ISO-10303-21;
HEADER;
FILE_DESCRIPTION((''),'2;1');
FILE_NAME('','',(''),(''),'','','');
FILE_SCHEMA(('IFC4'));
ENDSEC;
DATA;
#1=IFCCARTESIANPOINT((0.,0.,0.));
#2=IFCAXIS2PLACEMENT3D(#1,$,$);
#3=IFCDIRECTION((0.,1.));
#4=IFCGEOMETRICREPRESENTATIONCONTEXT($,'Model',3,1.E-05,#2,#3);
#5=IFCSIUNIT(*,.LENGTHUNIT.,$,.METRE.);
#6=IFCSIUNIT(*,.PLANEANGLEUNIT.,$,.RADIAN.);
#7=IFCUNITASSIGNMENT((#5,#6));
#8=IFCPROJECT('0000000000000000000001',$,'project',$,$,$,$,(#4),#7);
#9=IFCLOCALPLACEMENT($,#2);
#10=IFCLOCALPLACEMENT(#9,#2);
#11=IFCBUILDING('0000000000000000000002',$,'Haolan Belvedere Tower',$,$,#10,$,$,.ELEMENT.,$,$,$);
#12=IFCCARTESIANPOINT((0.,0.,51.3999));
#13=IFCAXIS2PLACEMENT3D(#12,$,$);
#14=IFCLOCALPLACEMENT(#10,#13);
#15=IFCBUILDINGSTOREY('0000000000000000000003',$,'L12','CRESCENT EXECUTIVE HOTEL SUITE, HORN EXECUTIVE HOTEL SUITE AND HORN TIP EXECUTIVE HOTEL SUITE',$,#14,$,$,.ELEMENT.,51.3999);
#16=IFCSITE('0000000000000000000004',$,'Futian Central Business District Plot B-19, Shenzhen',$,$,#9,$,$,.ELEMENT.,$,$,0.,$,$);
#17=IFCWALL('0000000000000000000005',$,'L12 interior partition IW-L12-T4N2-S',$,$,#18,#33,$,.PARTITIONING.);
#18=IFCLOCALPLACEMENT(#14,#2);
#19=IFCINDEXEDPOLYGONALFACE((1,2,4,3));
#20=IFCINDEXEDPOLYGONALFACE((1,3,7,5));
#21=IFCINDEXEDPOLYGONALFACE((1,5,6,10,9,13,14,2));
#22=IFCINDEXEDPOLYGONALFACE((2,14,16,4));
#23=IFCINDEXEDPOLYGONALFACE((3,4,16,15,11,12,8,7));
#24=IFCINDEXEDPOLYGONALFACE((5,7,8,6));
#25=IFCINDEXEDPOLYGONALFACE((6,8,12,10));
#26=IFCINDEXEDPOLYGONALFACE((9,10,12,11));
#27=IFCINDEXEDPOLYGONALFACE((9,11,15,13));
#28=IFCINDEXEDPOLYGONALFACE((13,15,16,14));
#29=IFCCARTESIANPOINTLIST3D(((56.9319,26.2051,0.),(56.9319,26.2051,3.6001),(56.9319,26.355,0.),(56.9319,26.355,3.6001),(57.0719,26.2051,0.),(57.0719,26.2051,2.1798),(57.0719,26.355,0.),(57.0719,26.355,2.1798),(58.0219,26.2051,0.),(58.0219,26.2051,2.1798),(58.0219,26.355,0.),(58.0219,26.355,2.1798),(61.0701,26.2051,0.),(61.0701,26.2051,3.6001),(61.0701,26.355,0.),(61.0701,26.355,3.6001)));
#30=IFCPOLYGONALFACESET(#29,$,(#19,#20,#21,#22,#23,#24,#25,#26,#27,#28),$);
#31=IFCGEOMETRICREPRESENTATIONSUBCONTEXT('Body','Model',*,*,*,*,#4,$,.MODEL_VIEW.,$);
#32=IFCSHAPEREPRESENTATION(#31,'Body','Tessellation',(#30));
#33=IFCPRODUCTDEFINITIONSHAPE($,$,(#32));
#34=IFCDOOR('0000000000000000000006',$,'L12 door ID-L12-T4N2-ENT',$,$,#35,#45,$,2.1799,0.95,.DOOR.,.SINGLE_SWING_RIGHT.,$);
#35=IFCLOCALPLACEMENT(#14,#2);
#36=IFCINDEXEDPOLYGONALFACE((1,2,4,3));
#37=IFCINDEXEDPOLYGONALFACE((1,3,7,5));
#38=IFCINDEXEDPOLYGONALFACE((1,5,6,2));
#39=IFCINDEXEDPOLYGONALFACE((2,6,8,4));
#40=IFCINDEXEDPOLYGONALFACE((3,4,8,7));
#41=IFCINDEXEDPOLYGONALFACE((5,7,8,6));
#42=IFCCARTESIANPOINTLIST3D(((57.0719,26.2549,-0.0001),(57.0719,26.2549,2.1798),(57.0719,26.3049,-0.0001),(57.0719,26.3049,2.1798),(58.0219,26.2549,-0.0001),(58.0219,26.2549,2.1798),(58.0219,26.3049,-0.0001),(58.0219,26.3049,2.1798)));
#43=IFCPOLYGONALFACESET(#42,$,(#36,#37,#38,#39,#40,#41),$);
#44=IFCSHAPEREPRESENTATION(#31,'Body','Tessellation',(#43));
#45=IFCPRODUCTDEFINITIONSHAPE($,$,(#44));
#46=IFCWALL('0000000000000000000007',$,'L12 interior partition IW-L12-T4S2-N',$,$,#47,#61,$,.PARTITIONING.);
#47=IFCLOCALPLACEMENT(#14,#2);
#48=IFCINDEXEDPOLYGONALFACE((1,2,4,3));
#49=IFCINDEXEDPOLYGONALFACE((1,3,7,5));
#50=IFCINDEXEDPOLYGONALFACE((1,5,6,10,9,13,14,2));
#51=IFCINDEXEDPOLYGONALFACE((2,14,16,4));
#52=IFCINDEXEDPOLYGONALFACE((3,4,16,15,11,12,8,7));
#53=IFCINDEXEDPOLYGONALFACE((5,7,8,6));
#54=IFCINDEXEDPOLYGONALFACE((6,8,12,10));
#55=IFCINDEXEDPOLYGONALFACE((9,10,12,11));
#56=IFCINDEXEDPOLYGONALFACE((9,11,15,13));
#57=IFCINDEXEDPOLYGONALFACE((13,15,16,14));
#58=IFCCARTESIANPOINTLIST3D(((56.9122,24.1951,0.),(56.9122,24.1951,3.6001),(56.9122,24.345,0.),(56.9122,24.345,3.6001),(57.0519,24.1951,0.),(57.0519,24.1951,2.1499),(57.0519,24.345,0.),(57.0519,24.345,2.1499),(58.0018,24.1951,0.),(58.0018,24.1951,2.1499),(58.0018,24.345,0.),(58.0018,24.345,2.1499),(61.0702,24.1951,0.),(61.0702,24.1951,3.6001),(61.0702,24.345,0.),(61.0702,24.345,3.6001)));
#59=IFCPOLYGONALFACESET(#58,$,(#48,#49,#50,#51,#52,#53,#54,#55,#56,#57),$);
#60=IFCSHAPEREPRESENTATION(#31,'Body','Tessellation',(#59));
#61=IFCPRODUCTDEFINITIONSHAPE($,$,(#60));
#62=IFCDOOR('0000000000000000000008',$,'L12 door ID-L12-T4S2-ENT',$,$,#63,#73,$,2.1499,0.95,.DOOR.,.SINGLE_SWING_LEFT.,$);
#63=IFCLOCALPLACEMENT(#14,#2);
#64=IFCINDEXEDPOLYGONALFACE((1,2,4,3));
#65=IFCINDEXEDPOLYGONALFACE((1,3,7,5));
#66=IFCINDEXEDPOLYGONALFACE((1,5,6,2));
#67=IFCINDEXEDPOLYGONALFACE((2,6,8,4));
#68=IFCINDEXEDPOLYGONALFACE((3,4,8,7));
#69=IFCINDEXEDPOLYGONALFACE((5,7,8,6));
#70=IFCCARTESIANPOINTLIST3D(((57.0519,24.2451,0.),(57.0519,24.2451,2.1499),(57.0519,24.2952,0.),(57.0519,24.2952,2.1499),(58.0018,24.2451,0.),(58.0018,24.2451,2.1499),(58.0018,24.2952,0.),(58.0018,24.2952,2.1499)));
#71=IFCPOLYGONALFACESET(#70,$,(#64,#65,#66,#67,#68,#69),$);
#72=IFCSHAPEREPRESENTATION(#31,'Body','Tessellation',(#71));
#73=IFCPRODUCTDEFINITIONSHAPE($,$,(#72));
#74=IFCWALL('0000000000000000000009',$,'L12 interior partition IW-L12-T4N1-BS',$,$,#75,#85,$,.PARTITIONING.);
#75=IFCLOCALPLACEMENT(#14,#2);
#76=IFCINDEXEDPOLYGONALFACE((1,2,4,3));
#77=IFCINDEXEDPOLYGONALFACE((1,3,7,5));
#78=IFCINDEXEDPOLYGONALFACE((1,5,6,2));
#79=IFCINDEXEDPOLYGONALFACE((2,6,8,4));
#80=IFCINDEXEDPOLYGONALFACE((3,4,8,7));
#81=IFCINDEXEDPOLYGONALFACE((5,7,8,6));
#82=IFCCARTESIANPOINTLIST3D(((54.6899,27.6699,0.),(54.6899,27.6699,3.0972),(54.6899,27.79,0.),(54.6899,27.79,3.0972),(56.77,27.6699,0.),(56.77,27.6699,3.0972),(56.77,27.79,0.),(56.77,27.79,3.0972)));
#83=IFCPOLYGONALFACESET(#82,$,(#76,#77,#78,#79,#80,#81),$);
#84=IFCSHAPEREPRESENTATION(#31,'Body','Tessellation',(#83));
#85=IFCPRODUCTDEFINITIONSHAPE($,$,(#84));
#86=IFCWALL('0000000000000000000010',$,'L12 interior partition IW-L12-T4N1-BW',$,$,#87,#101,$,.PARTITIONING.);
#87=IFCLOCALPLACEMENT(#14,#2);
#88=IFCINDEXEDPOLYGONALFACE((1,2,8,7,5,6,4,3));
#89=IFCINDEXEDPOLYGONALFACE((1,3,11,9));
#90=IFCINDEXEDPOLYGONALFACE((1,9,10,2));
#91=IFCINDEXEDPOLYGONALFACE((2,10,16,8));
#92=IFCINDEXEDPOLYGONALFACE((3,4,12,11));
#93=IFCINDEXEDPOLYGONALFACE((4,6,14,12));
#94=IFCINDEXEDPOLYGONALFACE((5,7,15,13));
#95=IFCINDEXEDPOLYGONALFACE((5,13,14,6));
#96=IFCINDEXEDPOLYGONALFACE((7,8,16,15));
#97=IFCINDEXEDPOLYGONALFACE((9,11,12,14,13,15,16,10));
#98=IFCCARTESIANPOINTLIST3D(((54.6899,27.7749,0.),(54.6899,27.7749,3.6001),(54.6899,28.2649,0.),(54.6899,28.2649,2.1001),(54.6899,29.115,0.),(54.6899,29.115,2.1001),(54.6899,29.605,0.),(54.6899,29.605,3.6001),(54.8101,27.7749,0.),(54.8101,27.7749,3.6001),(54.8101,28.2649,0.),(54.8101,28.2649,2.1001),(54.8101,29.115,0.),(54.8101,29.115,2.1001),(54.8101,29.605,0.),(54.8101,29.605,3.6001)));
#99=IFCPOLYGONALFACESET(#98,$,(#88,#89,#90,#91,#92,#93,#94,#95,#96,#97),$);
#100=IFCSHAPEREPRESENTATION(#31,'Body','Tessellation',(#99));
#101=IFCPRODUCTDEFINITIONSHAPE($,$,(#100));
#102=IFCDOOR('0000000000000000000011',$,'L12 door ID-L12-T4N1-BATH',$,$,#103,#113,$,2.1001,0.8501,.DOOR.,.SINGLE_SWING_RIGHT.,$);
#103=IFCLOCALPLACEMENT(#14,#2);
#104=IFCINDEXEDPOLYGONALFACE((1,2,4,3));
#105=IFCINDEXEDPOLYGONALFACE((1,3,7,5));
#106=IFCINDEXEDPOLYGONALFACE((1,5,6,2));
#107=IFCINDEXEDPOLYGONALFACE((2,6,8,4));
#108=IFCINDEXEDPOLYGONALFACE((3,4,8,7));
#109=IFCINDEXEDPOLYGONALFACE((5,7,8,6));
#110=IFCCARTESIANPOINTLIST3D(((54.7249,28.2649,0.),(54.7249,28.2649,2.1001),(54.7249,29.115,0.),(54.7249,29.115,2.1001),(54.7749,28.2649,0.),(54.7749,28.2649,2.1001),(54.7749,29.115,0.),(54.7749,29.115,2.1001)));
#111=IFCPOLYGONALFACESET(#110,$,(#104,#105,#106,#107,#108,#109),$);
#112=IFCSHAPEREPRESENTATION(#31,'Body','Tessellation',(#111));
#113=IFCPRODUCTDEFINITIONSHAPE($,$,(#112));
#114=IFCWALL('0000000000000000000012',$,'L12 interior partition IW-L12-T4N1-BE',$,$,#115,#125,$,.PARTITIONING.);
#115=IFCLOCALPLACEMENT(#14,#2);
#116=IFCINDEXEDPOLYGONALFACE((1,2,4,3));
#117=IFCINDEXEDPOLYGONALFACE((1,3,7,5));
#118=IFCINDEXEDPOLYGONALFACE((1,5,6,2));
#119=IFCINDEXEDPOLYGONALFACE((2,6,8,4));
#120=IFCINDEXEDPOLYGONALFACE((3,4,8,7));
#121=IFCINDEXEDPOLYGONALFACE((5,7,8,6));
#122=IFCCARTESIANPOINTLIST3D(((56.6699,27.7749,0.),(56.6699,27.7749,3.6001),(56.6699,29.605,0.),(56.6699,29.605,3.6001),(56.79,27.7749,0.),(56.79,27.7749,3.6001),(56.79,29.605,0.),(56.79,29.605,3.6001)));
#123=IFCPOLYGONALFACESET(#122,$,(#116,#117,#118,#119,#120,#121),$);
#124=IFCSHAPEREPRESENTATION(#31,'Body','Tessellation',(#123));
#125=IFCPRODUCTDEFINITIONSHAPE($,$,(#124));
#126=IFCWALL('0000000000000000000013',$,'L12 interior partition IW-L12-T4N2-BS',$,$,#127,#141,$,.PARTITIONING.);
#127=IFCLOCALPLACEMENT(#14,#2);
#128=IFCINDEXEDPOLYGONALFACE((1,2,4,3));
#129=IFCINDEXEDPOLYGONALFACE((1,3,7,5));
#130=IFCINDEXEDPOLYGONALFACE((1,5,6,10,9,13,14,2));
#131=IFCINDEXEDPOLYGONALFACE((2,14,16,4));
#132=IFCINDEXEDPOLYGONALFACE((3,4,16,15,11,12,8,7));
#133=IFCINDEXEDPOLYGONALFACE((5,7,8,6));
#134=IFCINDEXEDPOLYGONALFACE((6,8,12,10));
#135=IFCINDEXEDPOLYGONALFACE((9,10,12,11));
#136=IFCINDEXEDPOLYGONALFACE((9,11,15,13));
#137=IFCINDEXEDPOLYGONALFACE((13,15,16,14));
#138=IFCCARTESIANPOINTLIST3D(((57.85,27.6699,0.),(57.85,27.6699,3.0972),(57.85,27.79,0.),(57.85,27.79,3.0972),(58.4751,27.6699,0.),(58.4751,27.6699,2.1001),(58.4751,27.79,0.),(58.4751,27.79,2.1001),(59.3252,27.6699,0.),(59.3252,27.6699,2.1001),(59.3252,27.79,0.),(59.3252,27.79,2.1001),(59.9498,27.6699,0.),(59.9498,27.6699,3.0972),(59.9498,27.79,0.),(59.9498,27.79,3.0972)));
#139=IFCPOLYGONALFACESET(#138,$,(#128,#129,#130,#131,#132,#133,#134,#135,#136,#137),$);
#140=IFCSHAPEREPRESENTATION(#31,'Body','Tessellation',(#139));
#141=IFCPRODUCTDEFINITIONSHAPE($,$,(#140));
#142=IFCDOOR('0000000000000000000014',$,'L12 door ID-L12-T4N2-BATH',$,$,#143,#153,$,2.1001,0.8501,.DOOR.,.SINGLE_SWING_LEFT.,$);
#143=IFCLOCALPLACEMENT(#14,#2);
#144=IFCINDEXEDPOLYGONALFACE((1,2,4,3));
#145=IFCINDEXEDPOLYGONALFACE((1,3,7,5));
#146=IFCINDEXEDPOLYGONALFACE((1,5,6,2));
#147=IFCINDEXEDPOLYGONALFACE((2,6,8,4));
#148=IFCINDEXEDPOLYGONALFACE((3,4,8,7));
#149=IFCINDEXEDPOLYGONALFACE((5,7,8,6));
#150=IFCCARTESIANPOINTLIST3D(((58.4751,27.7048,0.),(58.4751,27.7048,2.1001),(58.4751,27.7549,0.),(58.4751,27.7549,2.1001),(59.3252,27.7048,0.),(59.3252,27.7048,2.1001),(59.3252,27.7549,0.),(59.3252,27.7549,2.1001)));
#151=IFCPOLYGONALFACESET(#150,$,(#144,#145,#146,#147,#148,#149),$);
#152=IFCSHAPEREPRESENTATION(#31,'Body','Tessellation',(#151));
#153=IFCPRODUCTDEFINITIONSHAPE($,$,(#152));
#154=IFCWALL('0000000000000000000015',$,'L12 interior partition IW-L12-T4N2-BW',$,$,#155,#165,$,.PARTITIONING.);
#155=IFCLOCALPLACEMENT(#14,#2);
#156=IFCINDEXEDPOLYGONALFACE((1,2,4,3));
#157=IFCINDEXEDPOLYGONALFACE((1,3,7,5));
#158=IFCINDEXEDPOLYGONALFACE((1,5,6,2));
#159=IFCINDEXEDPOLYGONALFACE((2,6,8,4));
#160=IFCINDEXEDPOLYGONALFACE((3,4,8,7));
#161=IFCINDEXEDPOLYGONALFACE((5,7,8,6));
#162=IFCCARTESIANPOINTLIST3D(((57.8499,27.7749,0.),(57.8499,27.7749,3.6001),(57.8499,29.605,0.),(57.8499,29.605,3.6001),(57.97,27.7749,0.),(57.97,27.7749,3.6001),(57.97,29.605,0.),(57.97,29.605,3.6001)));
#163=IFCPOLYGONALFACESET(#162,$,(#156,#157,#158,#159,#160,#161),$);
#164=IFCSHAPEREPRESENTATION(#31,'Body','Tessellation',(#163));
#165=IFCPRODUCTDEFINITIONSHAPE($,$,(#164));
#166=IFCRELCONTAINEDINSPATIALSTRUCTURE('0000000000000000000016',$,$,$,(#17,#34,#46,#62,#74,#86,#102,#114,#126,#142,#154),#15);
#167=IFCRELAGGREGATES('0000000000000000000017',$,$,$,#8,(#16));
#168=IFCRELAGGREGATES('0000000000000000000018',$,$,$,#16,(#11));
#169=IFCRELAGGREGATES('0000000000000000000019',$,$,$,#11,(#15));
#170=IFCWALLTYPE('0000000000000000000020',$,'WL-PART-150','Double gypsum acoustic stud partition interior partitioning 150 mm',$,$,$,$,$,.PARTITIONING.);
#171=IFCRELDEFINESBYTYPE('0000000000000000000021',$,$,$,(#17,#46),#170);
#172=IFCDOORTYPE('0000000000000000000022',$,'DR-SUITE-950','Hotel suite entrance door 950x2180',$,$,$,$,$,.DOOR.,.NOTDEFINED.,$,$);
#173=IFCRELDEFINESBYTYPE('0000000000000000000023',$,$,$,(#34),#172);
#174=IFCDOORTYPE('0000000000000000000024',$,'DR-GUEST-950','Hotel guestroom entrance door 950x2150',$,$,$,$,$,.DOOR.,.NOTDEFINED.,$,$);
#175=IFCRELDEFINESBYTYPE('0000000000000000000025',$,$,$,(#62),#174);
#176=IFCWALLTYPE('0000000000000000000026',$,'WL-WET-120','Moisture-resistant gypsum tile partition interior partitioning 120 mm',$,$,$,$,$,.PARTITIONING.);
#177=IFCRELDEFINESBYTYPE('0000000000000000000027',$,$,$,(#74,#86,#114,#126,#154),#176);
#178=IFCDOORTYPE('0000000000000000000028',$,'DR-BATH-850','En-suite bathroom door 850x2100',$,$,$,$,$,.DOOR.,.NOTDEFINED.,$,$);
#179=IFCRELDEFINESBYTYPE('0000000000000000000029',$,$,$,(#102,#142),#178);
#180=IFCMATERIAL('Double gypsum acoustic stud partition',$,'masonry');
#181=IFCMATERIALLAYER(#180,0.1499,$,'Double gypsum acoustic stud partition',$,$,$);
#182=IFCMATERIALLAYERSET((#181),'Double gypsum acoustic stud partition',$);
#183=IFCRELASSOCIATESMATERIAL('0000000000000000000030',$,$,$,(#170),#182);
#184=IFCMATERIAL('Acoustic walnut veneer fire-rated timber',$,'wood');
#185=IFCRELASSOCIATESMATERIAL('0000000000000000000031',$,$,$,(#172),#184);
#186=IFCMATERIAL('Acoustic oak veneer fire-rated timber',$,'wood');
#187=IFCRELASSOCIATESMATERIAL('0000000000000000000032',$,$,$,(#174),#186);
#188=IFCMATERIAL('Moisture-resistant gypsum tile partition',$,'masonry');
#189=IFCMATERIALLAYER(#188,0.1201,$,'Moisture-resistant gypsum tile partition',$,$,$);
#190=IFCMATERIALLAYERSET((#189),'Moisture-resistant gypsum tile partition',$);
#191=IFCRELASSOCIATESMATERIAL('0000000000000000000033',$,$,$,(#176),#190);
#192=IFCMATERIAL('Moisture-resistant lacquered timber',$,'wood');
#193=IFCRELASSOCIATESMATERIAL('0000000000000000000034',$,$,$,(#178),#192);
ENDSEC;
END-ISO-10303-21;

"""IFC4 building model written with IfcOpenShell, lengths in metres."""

from ifc_helpers import new_model, si_unit, direction, frame, frame_2d, origin, place, context, subcontext, project, spatial, rectangle, extrude, material, layer, layer_set, type_object, element, fill, save


model = new_model("IFC4")

# Units and contexts
model_context = context("Model", 3, precision=1e-05, world=origin(), true_north=direction((0.0, 1.0)))
body_context = subcontext(model_context, "Body", "Model", "MODEL_VIEW")
ifc_project = project(units=[si_unit("LENGTHUNIT", "METRE"), si_unit("PLANEANGLEUNIT", "RADIAN")], contexts=[model_context])

# Site, building, storey
site_placement = place(None, origin())
site = spatial("IfcSite", under=ifc_project, at=site_placement, Name="Futian Central Business District Plot B-19, Shenzhen", CompositionType="ELEMENT", RefElevation=0.0)
building_placement = place(site_placement, origin())
building = spatial("IfcBuilding", under=site, at=building_placement, Name="Haolan Belvedere Tower", CompositionType="ELEMENT")
storey_placement = place(building_placement, frame((0.0, 0.0, 51.3999)))
storey = spatial("IfcBuildingStorey", under=building, at=storey_placement, Name="L12", Description="CRESCENT EXECUTIVE HOTEL SUITE, HORN EXECUTIVE HOTEL SUITE AND HORN TIP EXECUTIVE HOTEL SUITE", CompositionType="ELEMENT", Elevation=51.3999)

# Shared definitions
ifc_material_1 = material(Name="Double gypsum acoustic stud partition", Category="masonry")
ifc_layer_1 = layer(ifc_material_1, 0.1499, Name="Double gypsum acoustic stud partition")
ifc_layer_set_1 = layer_set([ifc_layer_1], Name="Double gypsum acoustic stud partition")
wall_type_1 = type_object("IfcWallType", Name="WL-PART-150", Description="Double gypsum acoustic stud partition interior partitioning 150 mm", PredefinedType="PARTITIONING", material=ifc_layer_set_1)

# Walls, openings, doors
wall_1_placement = place(storey_placement, frame((56.9319, 26.28, 0.0), z_axis=(0.0, 0.0, 1.0), x_axis=(1.0, 0.0, 0.0)))
wall_1 = element("IfcWall", 1, at=wall_1_placement, inside=storey, type_object=wall_type_1, Name="L12 interior partition IW-L12-T4N2-S", PredefinedType="PARTITIONING", context=body_context, shape_type="SweptSolid", body=[
    extrude(rectangle(XDim=4.1382, YDim=0.1499, at=frame_2d((2.0691, 0.0))), origin(), (0.0, 0.0, 1.0), 3.6001),
])
opening_1_placement = place(wall_1_placement, frame((0.1399, 0.0, 0.0)))
opening_1 = element("IfcOpeningElement", 2, at=opening_1_placement, cuts=wall_1, PredefinedType="OPENING", context=body_context, shape_type="SweptSolid", body=[
    extrude(rectangle(XDim=0.95, YDim=2.1799, at=frame_2d((0.4751, 1.0898))), frame((0.0, 0.085, 0.0), z_axis=(0.0, -1.0, 0.0), x_axis=(1.0, 0.0, 0.0)), (0.0, 0.0, 1.0), 0.1699),
])
ifc_material_2 = material(Name="Acoustic walnut veneer fire-rated timber", Category="wood")
door_type_1 = type_object("IfcDoorType", Name="DR-SUITE-950", Description="Hotel suite entrance door 950x2180", OperationType="NOTDEFINED", PredefinedType="DOOR", material=ifc_material_2)
door_1_placement = place(opening_1_placement, origin())
door_1 = element("IfcDoor", 3, at=door_1_placement, inside=storey, type_object=door_type_1, Name="L12 door ID-L12-T4N2-ENT", OperationType="SINGLE_SWING_RIGHT", OverallHeight=2.1799, OverallWidth=0.95, PredefinedType="DOOR", context=body_context, shape_type="SweptSolid", body=[
    extrude(rectangle(XDim=0.95, YDim=2.1799, at=frame_2d((0.4751, 1.0898))), frame((0.0, 0.0249, 0.0), z_axis=(0.0, -1.0, 0.0), x_axis=(1.0, 0.0, 0.0)), (0.0, 0.0, 1.0), 0.05),
])
fill(opening_1, door_1)
wall_2_placement = place(storey_placement, frame((56.9121, 24.27, 0.0), z_axis=(0.0, 0.0, 1.0), x_axis=(1.0, 0.0, 0.0)))
wall_2 = element("IfcWall", 4, at=wall_2_placement, inside=storey, type_object=wall_type_1, Name="L12 interior partition IW-L12-T4S2-N", PredefinedType="PARTITIONING", context=body_context, shape_type="SweptSolid", body=[
    extrude(rectangle(XDim=4.158, YDim=0.1499, at=frame_2d((2.0791, 0.0))), origin(), (0.0, 0.0, 1.0), 3.6001),
])
opening_2_placement = place(wall_2_placement, frame((1.0898, 0.0, 0.0), z_axis=(0.0, 0.0, 1.0), x_axis=(-1.0, 0.0, 0.0)))
opening_2 = element("IfcOpeningElement", 5, at=opening_2_placement, cuts=wall_2, PredefinedType="OPENING", context=body_context, shape_type="SweptSolid", body=[
    extrude(rectangle(XDim=0.95, YDim=2.1499, at=frame_2d((0.4751, 1.075))), frame((0.0, 0.085, 0.0), z_axis=(0.0, -1.0, 0.0), x_axis=(1.0, 0.0, 0.0)), (0.0, 0.0, 1.0), 0.1699),
])
ifc_material_3 = material(Name="Acoustic oak veneer fire-rated timber", Category="wood")
door_type_2 = type_object("IfcDoorType", Name="DR-GUEST-950", Description="Hotel guestroom entrance door 950x2150", OperationType="NOTDEFINED", PredefinedType="DOOR", material=ifc_material_3)
door_2_placement = place(opening_2_placement, origin())
door_2 = element("IfcDoor", 6, at=door_2_placement, inside=storey, type_object=door_type_2, Name="L12 door ID-L12-T4S2-ENT", OperationType="SINGLE_SWING_LEFT", OverallHeight=2.1499, OverallWidth=0.95, PredefinedType="DOOR", context=body_context, shape_type="SweptSolid", body=[
    extrude(rectangle(XDim=0.95, YDim=2.1499, at=frame_2d((0.4751, 1.075))), frame((0.0, 0.0249, 0.0), z_axis=(0.0, -1.0, 0.0), x_axis=(1.0, 0.0, 0.0)), (0.0, 0.0, 1.0), 0.05),
])
fill(opening_2, door_2)

# Wall
ifc_material_4 = material(Name="Moisture-resistant gypsum tile partition", Category="masonry")
ifc_layer_2 = layer(ifc_material_4, 0.1201, Name="Moisture-resistant gypsum tile partition")
ifc_layer_set_2 = layer_set([ifc_layer_2], Name="Moisture-resistant gypsum tile partition")
wall_type_2 = type_object("IfcWallType", Name="WL-WET-120", Description="Moisture-resistant gypsum tile partition interior partitioning 120 mm", PredefinedType="PARTITIONING", material=ifc_layer_set_2)
wall_3_placement = place(storey_placement, frame((54.6899, 27.73, 0.0), z_axis=(0.0, 0.0, 1.0), x_axis=(1.0, 0.0, 0.0)))
element("IfcWall", 7, at=wall_3_placement, inside=storey, type_object=wall_type_2, Name="L12 interior partition IW-L12-T4N1-BS", PredefinedType="PARTITIONING", context=body_context, shape_type="SweptSolid", body=[
    extrude(rectangle(XDim=2.0801, YDim=0.1201, at=frame_2d((1.04, 0.0))), origin(), (0.0, 0.0, 1.0), 3.0972),
])

# Wall, opening, door
wall_4_placement = place(storey_placement, frame((54.75, 27.7749, 0.0), z_axis=(0.0, 0.0, 1.0), x_axis=(0.0, 1.0, 0.0)))
wall_4 = element("IfcWall", 8, at=wall_4_placement, inside=storey, type_object=wall_type_2, Name="L12 interior partition IW-L12-T4N1-BW", PredefinedType="PARTITIONING", context=body_context, shape_type="SweptSolid", body=[
    extrude(rectangle(XDim=1.8301, YDim=0.1201, at=frame_2d((0.915, 0.0))), origin(), (0.0, 0.0, 1.0), 3.6001),
])
opening_3_placement = place(wall_4_placement, frame((1.3401, 0.0, 0.0), z_axis=(0.0, 0.0, 1.0), x_axis=(-1.0, 0.0, 0.0)))
opening_3 = element("IfcOpeningElement", 9, at=opening_3_placement, cuts=wall_4, PredefinedType="OPENING", context=body_context, shape_type="SweptSolid", body=[
    extrude(rectangle(XDim=0.8501, YDim=2.1001, at=frame_2d((0.425, 1.05))), frame((0.0, 0.0701, 0.0), z_axis=(0.0, -1.0, 0.0), x_axis=(1.0, 0.0, 0.0)), (0.0, 0.0, 1.0), 0.1401),
])
ifc_material_5 = material(Name="Moisture-resistant lacquered timber", Category="wood")
door_type_3 = type_object("IfcDoorType", Name="DR-BATH-850", Description="En-suite bathroom door 850x2100", OperationType="NOTDEFINED", PredefinedType="DOOR", material=ifc_material_5)
door_3_placement = place(opening_3_placement, origin())
door_3 = element("IfcDoor", 10, at=door_3_placement, inside=storey, type_object=door_type_3, Name="L12 door ID-L12-T4N1-BATH", OperationType="SINGLE_SWING_RIGHT", OverallHeight=2.1001, OverallWidth=0.8501, PredefinedType="DOOR", context=body_context, shape_type="SweptSolid", body=[
    extrude(rectangle(XDim=0.8501, YDim=2.1001, at=frame_2d((0.425, 1.05))), frame((0.0, 0.0249, 0.0), z_axis=(0.0, -1.0, 0.0), x_axis=(1.0, 0.0, 0.0)), (0.0, 0.0, 1.0), 0.05),
])
fill(opening_3, door_3)

# Wall
wall_5_placement = place(storey_placement, frame((56.73, 27.7749, 0.0), z_axis=(0.0, 0.0, 1.0), x_axis=(0.0, 1.0, 0.0)))
element("IfcWall", 11, at=wall_5_placement, inside=storey, type_object=wall_type_2, Name="L12 interior partition IW-L12-T4N1-BE", PredefinedType="PARTITIONING", context=body_context, shape_type="SweptSolid", body=[
    extrude(rectangle(XDim=1.8301, YDim=0.1201, at=frame_2d((0.915, 0.0))), origin(), (0.0, 0.0, 1.0), 3.6001),
])

# Wall, opening, door
wall_6_placement = place(storey_placement, frame((57.8501, 27.73, 0.0), z_axis=(0.0, 0.0, 1.0), x_axis=(1.0, 0.0, 0.0)))
wall_6 = element("IfcWall", 12, at=wall_6_placement, inside=storey, type_object=wall_type_2, Name="L12 interior partition IW-L12-T4N2-BS", PredefinedType="PARTITIONING", context=body_context, shape_type="SweptSolid", body=[
    extrude(rectangle(XDim=2.0999, YDim=0.1201, at=frame_2d((1.0498, 0.0))), origin(), (0.0, 0.0, 1.0), 3.0972),
])
opening_4_placement = place(wall_6_placement, frame((0.625, 0.0, 0.0)))
opening_4 = element("IfcOpeningElement", 13, at=opening_4_placement, cuts=wall_6, PredefinedType="OPENING", context=body_context, shape_type="SweptSolid", body=[
    extrude(rectangle(XDim=0.8501, YDim=2.1001, at=frame_2d((0.425, 1.05))), frame((0.0, 0.0701, 0.0), z_axis=(0.0, -1.0, 0.0), x_axis=(1.0, 0.0, 0.0)), (0.0, 0.0, 1.0), 0.1401),
])
door_4_placement = place(opening_4_placement, origin())
door_4 = element("IfcDoor", 14, at=door_4_placement, inside=storey, type_object=door_type_3, Name="L12 door ID-L12-T4N2-BATH", OperationType="SINGLE_SWING_LEFT", OverallHeight=2.1001, OverallWidth=0.8501, PredefinedType="DOOR", context=body_context, shape_type="SweptSolid", body=[
    extrude(rectangle(XDim=0.8501, YDim=2.1001, at=frame_2d((0.425, 1.05))), frame((0.0, 0.0249, 0.0), z_axis=(0.0, -1.0, 0.0), x_axis=(1.0, 0.0, 0.0)), (0.0, 0.0, 1.0), 0.05),
])
fill(opening_4, door_4)

# Wall
wall_7_placement = place(storey_placement, frame((57.9099, 27.7749, 0.0), z_axis=(0.0, 0.0, 1.0), x_axis=(0.0, 1.0, 0.0)))
element("IfcWall", 15, at=wall_7_placement, inside=storey, type_object=wall_type_2, Name="L12 interior partition IW-L12-T4N2-BW", PredefinedType="PARTITIONING", context=body_context, shape_type="SweptSolid", body=[
    extrude(rectangle(XDim=1.8301, YDim=0.1201, at=frame_2d((0.915, 0.0))), origin(), (0.0, 0.0, 1.0), 3.6001),
])

save(model, "model.ifc")
